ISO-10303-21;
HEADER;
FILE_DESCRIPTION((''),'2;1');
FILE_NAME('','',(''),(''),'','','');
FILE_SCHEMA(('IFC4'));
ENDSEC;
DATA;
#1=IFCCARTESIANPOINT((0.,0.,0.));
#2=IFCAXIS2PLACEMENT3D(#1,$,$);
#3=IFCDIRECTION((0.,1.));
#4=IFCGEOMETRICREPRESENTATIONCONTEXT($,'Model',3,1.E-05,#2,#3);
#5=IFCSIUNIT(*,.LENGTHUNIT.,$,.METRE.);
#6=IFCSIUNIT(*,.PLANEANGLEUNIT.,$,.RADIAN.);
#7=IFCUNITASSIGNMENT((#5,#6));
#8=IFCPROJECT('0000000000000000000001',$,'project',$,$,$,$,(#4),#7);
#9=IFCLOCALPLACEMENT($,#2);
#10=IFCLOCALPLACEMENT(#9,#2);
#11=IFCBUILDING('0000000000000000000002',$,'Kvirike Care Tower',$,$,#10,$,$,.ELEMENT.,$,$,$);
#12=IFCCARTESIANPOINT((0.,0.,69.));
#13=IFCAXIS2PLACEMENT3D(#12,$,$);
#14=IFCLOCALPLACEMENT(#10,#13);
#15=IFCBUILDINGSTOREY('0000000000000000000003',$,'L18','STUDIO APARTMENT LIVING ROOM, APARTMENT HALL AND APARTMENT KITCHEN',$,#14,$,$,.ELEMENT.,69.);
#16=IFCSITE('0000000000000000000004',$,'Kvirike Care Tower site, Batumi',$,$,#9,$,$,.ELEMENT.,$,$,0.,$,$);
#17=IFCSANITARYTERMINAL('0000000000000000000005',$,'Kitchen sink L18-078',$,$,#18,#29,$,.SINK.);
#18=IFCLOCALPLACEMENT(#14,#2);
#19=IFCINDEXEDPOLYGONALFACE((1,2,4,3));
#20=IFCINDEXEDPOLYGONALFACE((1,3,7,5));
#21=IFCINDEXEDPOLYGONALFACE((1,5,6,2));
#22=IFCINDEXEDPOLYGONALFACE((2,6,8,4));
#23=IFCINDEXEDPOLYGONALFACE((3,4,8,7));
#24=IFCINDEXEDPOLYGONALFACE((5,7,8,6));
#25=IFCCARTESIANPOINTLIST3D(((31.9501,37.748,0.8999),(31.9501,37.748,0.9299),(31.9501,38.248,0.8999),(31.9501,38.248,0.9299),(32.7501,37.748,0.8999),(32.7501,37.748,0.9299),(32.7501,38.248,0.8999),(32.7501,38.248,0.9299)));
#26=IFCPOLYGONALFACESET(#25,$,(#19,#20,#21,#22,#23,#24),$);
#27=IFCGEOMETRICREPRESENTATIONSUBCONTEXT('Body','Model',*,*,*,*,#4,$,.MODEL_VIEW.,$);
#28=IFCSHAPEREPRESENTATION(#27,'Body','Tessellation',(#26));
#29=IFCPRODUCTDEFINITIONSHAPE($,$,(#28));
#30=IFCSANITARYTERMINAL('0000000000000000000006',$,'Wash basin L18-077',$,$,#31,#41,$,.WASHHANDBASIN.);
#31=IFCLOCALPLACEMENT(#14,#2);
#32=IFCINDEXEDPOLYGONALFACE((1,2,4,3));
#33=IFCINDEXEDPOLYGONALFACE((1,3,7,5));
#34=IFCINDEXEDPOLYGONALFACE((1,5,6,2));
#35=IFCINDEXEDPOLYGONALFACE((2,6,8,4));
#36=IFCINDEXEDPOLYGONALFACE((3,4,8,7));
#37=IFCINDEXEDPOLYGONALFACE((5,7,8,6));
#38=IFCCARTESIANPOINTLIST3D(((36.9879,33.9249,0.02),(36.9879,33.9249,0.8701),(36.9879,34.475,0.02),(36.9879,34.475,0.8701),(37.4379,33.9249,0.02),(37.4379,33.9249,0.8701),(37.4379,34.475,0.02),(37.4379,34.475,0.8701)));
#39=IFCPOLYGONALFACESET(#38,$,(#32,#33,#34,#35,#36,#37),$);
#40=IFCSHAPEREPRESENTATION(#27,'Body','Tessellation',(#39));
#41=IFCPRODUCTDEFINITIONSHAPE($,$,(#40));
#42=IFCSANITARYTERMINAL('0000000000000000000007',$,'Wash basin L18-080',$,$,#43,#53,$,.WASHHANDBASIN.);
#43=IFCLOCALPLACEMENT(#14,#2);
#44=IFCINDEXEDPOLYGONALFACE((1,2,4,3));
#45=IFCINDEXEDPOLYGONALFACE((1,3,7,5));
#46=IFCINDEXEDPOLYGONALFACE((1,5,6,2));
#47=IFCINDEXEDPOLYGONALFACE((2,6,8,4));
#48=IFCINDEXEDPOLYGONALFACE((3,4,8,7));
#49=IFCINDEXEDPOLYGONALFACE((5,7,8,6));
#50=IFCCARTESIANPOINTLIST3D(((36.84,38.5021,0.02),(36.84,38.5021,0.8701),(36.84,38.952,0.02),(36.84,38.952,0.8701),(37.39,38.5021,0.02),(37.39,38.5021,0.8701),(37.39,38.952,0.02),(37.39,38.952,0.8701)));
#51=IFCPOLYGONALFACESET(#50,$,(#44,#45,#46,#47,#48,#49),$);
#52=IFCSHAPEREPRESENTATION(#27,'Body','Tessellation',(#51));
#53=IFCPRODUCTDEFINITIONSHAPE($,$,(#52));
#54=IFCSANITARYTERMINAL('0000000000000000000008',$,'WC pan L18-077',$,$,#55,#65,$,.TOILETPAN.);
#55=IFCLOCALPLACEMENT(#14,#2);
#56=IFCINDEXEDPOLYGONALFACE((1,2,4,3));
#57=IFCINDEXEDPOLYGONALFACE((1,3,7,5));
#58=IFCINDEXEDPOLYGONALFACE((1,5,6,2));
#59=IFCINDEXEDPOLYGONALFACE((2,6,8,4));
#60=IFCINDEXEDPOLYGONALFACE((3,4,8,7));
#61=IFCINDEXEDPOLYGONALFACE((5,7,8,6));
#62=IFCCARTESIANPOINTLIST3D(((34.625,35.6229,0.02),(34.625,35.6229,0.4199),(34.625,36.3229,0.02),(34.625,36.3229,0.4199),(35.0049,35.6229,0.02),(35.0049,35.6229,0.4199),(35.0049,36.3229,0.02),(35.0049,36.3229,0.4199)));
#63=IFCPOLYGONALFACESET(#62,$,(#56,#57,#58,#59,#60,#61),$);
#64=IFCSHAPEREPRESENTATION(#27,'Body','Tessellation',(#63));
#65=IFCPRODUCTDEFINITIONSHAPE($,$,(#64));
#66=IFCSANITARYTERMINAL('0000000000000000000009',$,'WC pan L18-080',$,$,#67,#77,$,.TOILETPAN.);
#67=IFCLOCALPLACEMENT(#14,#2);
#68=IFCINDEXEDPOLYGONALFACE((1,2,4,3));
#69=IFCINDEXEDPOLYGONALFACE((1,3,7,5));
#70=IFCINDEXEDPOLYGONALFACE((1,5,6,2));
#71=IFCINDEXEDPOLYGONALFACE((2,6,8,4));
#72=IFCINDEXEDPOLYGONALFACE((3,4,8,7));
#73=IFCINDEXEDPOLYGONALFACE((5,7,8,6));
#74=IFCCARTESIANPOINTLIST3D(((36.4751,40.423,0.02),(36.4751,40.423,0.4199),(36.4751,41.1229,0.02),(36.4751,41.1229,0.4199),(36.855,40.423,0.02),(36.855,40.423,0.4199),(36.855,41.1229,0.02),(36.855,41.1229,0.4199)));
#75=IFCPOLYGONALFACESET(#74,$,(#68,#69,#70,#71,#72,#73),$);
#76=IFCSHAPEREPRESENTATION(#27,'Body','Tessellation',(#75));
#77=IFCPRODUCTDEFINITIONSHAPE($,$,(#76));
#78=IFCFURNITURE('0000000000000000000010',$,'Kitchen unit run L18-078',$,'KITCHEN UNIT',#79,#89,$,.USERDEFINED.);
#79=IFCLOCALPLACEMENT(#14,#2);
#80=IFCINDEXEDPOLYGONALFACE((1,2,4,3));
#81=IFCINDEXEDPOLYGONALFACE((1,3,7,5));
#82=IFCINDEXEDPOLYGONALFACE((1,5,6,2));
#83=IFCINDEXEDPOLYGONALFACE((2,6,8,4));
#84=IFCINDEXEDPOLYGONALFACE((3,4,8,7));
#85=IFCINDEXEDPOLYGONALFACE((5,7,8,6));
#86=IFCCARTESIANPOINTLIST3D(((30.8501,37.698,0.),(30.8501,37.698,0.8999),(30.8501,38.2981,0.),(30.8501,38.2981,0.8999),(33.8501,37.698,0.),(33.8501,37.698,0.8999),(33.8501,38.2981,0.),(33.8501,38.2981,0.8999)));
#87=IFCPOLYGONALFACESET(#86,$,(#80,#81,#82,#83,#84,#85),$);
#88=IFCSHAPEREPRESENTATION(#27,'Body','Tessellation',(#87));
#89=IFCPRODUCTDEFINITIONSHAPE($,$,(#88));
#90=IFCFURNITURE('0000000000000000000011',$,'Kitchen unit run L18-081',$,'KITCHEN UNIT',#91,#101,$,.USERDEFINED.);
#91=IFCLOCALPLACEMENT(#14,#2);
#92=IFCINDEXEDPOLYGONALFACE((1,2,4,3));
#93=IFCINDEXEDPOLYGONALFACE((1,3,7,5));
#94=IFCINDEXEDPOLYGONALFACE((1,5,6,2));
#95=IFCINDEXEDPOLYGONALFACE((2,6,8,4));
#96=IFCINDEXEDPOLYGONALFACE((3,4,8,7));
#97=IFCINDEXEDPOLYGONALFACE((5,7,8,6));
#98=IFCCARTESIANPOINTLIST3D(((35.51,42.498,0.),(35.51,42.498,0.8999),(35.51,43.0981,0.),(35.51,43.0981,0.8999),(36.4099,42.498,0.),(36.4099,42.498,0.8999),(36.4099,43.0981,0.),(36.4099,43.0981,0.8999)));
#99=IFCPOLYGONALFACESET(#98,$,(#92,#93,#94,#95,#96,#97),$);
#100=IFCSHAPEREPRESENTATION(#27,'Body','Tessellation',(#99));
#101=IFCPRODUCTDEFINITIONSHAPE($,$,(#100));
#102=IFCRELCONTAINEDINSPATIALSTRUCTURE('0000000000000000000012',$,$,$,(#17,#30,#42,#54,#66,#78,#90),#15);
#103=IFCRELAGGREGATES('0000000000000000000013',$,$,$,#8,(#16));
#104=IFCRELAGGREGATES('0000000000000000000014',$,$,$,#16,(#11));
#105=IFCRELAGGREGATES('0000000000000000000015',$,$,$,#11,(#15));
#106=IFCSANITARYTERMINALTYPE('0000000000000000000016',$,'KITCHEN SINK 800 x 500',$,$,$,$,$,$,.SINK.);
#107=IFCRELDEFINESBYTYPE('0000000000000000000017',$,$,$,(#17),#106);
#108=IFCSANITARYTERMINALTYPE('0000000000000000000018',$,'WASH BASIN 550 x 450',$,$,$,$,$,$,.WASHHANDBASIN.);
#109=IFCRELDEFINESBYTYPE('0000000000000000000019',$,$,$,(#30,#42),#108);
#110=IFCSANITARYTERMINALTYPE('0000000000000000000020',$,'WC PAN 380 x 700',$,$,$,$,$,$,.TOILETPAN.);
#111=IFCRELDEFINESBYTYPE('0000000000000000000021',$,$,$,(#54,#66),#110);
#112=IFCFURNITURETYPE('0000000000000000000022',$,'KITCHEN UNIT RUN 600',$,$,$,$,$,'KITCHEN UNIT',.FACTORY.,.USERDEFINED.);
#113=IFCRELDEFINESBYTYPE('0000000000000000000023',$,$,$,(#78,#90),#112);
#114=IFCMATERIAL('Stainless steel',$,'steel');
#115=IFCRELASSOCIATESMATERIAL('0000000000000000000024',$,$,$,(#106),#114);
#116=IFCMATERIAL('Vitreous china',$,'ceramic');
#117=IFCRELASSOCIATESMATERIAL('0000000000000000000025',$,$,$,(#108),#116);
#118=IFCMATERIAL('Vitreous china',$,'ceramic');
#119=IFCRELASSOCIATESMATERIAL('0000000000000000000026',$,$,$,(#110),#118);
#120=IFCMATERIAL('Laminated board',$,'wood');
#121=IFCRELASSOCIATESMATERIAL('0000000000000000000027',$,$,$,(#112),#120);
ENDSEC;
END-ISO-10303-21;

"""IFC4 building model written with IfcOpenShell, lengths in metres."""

from ifc_helpers import new_model, si_unit, direction, frame, origin, origin_2d, place, context, subcontext, project, spatial, rectangle, extrude, material, type_object, element, save


model = new_model("IFC4")

# Units and contexts
model_context = context("Model", 3, precision=1e-05, world=origin(), true_north=direction((0.0, 1.0)))
body_context = subcontext(model_context, "Body", "Model", "MODEL_VIEW")
ifc_project = project(units=[si_unit("LENGTHUNIT", "METRE"), si_unit("PLANEANGLEUNIT", "RADIAN")], contexts=[model_context])

# Site, building, storey
site_placement = place(None, origin())
site = spatial("IfcSite", under=ifc_project, at=site_placement, Name="Kvirike Care Tower site, Batumi", CompositionType="ELEMENT", RefElevation=0.0)
building_placement = place(site_placement, origin())
building = spatial("IfcBuilding", under=site, at=building_placement, Name="Kvirike Care Tower", CompositionType="ELEMENT")
storey_placement = place(building_placement, frame((0.0, 0.0, 69.0)))
storey = spatial("IfcBuildingStorey", under=building, at=storey_placement, Name="L18", Description="STUDIO APARTMENT LIVING ROOM, APARTMENT HALL AND APARTMENT KITCHEN", CompositionType="ELEMENT", Elevation=69.0)

# Sanitary terminals
ifc_material_1 = material(Name="Stainless steel", Category="steel")
sanitary_terminal_type_1 = type_object("IfcSanitaryTerminalType", Name="KITCHEN SINK 800 x 500", PredefinedType="SINK", material=ifc_material_1)
sanitary_terminal_1_placement = place(storey_placement, frame((32.3501, 37.998, 0.8999), z_axis=(0.0, 0.0, 1.0), x_axis=(1.0, 0.0, 0.0)))
element("IfcSanitaryTerminal", 1, at=sanitary_terminal_1_placement, inside=storey, type_object=sanitary_terminal_type_1, Name="Kitchen sink L18-078", PredefinedType="SINK", context=body_context, shape_type="SweptSolid", body=[
    extrude(rectangle(XDim=0.8, YDim=0.5, at=origin_2d()), origin(), (0.0, 0.0, 1.0), 0.03),
])
ifc_material_2 = material(Name="Vitreous china", Category="ceramic")
sanitary_terminal_type_2 = type_object("IfcSanitaryTerminalType", Name="WASH BASIN 550 x 450", PredefinedType="WASHHANDBASIN", material=ifc_material_2)
for number, where, z_axis, x_axis, name in (
    (2, (37.2129, 34.2, 0.02), (0.0, 0.0, 1.0), (0.0, -1.0, 0.0), "Wash basin L18-077"),
    (3, (37.115, 38.7271, 0.02), (0.0, 0.0, 1.0), (-1.0, 0.0, 0.0), "Wash basin L18-080"),
):
    element("IfcSanitaryTerminal", number, at=place(storey_placement, frame(where, z_axis=z_axis, x_axis=x_axis)), inside=storey, type_object=sanitary_terminal_type_2, Name=name, PredefinedType="WASHHANDBASIN", context=body_context, shape_type="SweptSolid", body=[
        extrude(rectangle(XDim=0.55, YDim=0.45, at=origin_2d()), origin(), (0.0, 0.0, 1.0), 0.8501),
    ])
ifc_material_3 = material(Name="Vitreous china", Category="ceramic")
sanitary_terminal_type_3 = type_object("IfcSanitaryTerminalType", Name="WC PAN 380 x 700", PredefinedType="TOILETPAN", material=ifc_material_3)
for number, where, z_axis, x_axis, name in (
    (4, (34.8149, 35.9729, 0.02), (0.0, 0.0, 1.0), (1.0, 0.0, 0.0), "WC pan L18-077"),
    (5, (36.665, 40.7729, 0.02), (0.0, 0.0, 1.0), (1.0, 0.0, 0.0), "WC pan L18-080"),
):
    element("IfcSanitaryTerminal", number, at=place(storey_placement, frame(where, z_axis=z_axis, x_axis=x_axis)), inside=storey, type_object=sanitary_terminal_type_3, Name=name, PredefinedType="TOILETPAN", context=body_context, shape_type="SweptSolid", body=[
        extrude(rectangle(XDim=0.3799, YDim=0.7, at=origin_2d()), origin(), (0.0, 0.0, 1.0), 0.3999),
    ])

# Furniture
ifc_material_4 = material(Name="Laminated board", Category="wood")
furniture_type = type_object("IfcFurnitureType", Name="KITCHEN UNIT RUN 600", ElementType="KITCHEN UNIT", AssemblyPlace="FACTORY", PredefinedType="USERDEFINED", material=ifc_material_4)
furniture_1_placement = place(storey_placement, frame((32.3501, 37.998, 0.0), z_axis=(0.0, 0.0, 1.0), x_axis=(1.0, 0.0, 0.0)))
element("IfcFurniture", 6, at=furniture_1_placement, inside=storey, type_object=furniture_type, Name="Kitchen unit run L18-078", ObjectType="KITCHEN UNIT", PredefinedType="USERDEFINED", context=body_context, shape_type="SweptSolid", body=[
    extrude(rectangle(XDim=3.0, YDim=0.6001, at=origin_2d()), origin(), (0.0, 0.0, 1.0), 0.8999),
])
furniture_2_placement = place(storey_placement, frame((35.96, 42.7981, 0.0), z_axis=(0.0, 0.0, 1.0), x_axis=(1.0, 0.0, 0.0)))
element("IfcFurniture", 7, at=furniture_2_placement, inside=storey, type_object=furniture_type, Name="Kitchen unit run L18-081", ObjectType="KITCHEN UNIT", PredefinedType="USERDEFINED", context=body_context, shape_type="SweptSolid", body=[
    extrude(rectangle(XDim=0.8999, YDim=0.6001, at=origin_2d()), origin(), (0.0, 0.0, 1.0), 0.8999),
])

save(model, "model.ifc")
